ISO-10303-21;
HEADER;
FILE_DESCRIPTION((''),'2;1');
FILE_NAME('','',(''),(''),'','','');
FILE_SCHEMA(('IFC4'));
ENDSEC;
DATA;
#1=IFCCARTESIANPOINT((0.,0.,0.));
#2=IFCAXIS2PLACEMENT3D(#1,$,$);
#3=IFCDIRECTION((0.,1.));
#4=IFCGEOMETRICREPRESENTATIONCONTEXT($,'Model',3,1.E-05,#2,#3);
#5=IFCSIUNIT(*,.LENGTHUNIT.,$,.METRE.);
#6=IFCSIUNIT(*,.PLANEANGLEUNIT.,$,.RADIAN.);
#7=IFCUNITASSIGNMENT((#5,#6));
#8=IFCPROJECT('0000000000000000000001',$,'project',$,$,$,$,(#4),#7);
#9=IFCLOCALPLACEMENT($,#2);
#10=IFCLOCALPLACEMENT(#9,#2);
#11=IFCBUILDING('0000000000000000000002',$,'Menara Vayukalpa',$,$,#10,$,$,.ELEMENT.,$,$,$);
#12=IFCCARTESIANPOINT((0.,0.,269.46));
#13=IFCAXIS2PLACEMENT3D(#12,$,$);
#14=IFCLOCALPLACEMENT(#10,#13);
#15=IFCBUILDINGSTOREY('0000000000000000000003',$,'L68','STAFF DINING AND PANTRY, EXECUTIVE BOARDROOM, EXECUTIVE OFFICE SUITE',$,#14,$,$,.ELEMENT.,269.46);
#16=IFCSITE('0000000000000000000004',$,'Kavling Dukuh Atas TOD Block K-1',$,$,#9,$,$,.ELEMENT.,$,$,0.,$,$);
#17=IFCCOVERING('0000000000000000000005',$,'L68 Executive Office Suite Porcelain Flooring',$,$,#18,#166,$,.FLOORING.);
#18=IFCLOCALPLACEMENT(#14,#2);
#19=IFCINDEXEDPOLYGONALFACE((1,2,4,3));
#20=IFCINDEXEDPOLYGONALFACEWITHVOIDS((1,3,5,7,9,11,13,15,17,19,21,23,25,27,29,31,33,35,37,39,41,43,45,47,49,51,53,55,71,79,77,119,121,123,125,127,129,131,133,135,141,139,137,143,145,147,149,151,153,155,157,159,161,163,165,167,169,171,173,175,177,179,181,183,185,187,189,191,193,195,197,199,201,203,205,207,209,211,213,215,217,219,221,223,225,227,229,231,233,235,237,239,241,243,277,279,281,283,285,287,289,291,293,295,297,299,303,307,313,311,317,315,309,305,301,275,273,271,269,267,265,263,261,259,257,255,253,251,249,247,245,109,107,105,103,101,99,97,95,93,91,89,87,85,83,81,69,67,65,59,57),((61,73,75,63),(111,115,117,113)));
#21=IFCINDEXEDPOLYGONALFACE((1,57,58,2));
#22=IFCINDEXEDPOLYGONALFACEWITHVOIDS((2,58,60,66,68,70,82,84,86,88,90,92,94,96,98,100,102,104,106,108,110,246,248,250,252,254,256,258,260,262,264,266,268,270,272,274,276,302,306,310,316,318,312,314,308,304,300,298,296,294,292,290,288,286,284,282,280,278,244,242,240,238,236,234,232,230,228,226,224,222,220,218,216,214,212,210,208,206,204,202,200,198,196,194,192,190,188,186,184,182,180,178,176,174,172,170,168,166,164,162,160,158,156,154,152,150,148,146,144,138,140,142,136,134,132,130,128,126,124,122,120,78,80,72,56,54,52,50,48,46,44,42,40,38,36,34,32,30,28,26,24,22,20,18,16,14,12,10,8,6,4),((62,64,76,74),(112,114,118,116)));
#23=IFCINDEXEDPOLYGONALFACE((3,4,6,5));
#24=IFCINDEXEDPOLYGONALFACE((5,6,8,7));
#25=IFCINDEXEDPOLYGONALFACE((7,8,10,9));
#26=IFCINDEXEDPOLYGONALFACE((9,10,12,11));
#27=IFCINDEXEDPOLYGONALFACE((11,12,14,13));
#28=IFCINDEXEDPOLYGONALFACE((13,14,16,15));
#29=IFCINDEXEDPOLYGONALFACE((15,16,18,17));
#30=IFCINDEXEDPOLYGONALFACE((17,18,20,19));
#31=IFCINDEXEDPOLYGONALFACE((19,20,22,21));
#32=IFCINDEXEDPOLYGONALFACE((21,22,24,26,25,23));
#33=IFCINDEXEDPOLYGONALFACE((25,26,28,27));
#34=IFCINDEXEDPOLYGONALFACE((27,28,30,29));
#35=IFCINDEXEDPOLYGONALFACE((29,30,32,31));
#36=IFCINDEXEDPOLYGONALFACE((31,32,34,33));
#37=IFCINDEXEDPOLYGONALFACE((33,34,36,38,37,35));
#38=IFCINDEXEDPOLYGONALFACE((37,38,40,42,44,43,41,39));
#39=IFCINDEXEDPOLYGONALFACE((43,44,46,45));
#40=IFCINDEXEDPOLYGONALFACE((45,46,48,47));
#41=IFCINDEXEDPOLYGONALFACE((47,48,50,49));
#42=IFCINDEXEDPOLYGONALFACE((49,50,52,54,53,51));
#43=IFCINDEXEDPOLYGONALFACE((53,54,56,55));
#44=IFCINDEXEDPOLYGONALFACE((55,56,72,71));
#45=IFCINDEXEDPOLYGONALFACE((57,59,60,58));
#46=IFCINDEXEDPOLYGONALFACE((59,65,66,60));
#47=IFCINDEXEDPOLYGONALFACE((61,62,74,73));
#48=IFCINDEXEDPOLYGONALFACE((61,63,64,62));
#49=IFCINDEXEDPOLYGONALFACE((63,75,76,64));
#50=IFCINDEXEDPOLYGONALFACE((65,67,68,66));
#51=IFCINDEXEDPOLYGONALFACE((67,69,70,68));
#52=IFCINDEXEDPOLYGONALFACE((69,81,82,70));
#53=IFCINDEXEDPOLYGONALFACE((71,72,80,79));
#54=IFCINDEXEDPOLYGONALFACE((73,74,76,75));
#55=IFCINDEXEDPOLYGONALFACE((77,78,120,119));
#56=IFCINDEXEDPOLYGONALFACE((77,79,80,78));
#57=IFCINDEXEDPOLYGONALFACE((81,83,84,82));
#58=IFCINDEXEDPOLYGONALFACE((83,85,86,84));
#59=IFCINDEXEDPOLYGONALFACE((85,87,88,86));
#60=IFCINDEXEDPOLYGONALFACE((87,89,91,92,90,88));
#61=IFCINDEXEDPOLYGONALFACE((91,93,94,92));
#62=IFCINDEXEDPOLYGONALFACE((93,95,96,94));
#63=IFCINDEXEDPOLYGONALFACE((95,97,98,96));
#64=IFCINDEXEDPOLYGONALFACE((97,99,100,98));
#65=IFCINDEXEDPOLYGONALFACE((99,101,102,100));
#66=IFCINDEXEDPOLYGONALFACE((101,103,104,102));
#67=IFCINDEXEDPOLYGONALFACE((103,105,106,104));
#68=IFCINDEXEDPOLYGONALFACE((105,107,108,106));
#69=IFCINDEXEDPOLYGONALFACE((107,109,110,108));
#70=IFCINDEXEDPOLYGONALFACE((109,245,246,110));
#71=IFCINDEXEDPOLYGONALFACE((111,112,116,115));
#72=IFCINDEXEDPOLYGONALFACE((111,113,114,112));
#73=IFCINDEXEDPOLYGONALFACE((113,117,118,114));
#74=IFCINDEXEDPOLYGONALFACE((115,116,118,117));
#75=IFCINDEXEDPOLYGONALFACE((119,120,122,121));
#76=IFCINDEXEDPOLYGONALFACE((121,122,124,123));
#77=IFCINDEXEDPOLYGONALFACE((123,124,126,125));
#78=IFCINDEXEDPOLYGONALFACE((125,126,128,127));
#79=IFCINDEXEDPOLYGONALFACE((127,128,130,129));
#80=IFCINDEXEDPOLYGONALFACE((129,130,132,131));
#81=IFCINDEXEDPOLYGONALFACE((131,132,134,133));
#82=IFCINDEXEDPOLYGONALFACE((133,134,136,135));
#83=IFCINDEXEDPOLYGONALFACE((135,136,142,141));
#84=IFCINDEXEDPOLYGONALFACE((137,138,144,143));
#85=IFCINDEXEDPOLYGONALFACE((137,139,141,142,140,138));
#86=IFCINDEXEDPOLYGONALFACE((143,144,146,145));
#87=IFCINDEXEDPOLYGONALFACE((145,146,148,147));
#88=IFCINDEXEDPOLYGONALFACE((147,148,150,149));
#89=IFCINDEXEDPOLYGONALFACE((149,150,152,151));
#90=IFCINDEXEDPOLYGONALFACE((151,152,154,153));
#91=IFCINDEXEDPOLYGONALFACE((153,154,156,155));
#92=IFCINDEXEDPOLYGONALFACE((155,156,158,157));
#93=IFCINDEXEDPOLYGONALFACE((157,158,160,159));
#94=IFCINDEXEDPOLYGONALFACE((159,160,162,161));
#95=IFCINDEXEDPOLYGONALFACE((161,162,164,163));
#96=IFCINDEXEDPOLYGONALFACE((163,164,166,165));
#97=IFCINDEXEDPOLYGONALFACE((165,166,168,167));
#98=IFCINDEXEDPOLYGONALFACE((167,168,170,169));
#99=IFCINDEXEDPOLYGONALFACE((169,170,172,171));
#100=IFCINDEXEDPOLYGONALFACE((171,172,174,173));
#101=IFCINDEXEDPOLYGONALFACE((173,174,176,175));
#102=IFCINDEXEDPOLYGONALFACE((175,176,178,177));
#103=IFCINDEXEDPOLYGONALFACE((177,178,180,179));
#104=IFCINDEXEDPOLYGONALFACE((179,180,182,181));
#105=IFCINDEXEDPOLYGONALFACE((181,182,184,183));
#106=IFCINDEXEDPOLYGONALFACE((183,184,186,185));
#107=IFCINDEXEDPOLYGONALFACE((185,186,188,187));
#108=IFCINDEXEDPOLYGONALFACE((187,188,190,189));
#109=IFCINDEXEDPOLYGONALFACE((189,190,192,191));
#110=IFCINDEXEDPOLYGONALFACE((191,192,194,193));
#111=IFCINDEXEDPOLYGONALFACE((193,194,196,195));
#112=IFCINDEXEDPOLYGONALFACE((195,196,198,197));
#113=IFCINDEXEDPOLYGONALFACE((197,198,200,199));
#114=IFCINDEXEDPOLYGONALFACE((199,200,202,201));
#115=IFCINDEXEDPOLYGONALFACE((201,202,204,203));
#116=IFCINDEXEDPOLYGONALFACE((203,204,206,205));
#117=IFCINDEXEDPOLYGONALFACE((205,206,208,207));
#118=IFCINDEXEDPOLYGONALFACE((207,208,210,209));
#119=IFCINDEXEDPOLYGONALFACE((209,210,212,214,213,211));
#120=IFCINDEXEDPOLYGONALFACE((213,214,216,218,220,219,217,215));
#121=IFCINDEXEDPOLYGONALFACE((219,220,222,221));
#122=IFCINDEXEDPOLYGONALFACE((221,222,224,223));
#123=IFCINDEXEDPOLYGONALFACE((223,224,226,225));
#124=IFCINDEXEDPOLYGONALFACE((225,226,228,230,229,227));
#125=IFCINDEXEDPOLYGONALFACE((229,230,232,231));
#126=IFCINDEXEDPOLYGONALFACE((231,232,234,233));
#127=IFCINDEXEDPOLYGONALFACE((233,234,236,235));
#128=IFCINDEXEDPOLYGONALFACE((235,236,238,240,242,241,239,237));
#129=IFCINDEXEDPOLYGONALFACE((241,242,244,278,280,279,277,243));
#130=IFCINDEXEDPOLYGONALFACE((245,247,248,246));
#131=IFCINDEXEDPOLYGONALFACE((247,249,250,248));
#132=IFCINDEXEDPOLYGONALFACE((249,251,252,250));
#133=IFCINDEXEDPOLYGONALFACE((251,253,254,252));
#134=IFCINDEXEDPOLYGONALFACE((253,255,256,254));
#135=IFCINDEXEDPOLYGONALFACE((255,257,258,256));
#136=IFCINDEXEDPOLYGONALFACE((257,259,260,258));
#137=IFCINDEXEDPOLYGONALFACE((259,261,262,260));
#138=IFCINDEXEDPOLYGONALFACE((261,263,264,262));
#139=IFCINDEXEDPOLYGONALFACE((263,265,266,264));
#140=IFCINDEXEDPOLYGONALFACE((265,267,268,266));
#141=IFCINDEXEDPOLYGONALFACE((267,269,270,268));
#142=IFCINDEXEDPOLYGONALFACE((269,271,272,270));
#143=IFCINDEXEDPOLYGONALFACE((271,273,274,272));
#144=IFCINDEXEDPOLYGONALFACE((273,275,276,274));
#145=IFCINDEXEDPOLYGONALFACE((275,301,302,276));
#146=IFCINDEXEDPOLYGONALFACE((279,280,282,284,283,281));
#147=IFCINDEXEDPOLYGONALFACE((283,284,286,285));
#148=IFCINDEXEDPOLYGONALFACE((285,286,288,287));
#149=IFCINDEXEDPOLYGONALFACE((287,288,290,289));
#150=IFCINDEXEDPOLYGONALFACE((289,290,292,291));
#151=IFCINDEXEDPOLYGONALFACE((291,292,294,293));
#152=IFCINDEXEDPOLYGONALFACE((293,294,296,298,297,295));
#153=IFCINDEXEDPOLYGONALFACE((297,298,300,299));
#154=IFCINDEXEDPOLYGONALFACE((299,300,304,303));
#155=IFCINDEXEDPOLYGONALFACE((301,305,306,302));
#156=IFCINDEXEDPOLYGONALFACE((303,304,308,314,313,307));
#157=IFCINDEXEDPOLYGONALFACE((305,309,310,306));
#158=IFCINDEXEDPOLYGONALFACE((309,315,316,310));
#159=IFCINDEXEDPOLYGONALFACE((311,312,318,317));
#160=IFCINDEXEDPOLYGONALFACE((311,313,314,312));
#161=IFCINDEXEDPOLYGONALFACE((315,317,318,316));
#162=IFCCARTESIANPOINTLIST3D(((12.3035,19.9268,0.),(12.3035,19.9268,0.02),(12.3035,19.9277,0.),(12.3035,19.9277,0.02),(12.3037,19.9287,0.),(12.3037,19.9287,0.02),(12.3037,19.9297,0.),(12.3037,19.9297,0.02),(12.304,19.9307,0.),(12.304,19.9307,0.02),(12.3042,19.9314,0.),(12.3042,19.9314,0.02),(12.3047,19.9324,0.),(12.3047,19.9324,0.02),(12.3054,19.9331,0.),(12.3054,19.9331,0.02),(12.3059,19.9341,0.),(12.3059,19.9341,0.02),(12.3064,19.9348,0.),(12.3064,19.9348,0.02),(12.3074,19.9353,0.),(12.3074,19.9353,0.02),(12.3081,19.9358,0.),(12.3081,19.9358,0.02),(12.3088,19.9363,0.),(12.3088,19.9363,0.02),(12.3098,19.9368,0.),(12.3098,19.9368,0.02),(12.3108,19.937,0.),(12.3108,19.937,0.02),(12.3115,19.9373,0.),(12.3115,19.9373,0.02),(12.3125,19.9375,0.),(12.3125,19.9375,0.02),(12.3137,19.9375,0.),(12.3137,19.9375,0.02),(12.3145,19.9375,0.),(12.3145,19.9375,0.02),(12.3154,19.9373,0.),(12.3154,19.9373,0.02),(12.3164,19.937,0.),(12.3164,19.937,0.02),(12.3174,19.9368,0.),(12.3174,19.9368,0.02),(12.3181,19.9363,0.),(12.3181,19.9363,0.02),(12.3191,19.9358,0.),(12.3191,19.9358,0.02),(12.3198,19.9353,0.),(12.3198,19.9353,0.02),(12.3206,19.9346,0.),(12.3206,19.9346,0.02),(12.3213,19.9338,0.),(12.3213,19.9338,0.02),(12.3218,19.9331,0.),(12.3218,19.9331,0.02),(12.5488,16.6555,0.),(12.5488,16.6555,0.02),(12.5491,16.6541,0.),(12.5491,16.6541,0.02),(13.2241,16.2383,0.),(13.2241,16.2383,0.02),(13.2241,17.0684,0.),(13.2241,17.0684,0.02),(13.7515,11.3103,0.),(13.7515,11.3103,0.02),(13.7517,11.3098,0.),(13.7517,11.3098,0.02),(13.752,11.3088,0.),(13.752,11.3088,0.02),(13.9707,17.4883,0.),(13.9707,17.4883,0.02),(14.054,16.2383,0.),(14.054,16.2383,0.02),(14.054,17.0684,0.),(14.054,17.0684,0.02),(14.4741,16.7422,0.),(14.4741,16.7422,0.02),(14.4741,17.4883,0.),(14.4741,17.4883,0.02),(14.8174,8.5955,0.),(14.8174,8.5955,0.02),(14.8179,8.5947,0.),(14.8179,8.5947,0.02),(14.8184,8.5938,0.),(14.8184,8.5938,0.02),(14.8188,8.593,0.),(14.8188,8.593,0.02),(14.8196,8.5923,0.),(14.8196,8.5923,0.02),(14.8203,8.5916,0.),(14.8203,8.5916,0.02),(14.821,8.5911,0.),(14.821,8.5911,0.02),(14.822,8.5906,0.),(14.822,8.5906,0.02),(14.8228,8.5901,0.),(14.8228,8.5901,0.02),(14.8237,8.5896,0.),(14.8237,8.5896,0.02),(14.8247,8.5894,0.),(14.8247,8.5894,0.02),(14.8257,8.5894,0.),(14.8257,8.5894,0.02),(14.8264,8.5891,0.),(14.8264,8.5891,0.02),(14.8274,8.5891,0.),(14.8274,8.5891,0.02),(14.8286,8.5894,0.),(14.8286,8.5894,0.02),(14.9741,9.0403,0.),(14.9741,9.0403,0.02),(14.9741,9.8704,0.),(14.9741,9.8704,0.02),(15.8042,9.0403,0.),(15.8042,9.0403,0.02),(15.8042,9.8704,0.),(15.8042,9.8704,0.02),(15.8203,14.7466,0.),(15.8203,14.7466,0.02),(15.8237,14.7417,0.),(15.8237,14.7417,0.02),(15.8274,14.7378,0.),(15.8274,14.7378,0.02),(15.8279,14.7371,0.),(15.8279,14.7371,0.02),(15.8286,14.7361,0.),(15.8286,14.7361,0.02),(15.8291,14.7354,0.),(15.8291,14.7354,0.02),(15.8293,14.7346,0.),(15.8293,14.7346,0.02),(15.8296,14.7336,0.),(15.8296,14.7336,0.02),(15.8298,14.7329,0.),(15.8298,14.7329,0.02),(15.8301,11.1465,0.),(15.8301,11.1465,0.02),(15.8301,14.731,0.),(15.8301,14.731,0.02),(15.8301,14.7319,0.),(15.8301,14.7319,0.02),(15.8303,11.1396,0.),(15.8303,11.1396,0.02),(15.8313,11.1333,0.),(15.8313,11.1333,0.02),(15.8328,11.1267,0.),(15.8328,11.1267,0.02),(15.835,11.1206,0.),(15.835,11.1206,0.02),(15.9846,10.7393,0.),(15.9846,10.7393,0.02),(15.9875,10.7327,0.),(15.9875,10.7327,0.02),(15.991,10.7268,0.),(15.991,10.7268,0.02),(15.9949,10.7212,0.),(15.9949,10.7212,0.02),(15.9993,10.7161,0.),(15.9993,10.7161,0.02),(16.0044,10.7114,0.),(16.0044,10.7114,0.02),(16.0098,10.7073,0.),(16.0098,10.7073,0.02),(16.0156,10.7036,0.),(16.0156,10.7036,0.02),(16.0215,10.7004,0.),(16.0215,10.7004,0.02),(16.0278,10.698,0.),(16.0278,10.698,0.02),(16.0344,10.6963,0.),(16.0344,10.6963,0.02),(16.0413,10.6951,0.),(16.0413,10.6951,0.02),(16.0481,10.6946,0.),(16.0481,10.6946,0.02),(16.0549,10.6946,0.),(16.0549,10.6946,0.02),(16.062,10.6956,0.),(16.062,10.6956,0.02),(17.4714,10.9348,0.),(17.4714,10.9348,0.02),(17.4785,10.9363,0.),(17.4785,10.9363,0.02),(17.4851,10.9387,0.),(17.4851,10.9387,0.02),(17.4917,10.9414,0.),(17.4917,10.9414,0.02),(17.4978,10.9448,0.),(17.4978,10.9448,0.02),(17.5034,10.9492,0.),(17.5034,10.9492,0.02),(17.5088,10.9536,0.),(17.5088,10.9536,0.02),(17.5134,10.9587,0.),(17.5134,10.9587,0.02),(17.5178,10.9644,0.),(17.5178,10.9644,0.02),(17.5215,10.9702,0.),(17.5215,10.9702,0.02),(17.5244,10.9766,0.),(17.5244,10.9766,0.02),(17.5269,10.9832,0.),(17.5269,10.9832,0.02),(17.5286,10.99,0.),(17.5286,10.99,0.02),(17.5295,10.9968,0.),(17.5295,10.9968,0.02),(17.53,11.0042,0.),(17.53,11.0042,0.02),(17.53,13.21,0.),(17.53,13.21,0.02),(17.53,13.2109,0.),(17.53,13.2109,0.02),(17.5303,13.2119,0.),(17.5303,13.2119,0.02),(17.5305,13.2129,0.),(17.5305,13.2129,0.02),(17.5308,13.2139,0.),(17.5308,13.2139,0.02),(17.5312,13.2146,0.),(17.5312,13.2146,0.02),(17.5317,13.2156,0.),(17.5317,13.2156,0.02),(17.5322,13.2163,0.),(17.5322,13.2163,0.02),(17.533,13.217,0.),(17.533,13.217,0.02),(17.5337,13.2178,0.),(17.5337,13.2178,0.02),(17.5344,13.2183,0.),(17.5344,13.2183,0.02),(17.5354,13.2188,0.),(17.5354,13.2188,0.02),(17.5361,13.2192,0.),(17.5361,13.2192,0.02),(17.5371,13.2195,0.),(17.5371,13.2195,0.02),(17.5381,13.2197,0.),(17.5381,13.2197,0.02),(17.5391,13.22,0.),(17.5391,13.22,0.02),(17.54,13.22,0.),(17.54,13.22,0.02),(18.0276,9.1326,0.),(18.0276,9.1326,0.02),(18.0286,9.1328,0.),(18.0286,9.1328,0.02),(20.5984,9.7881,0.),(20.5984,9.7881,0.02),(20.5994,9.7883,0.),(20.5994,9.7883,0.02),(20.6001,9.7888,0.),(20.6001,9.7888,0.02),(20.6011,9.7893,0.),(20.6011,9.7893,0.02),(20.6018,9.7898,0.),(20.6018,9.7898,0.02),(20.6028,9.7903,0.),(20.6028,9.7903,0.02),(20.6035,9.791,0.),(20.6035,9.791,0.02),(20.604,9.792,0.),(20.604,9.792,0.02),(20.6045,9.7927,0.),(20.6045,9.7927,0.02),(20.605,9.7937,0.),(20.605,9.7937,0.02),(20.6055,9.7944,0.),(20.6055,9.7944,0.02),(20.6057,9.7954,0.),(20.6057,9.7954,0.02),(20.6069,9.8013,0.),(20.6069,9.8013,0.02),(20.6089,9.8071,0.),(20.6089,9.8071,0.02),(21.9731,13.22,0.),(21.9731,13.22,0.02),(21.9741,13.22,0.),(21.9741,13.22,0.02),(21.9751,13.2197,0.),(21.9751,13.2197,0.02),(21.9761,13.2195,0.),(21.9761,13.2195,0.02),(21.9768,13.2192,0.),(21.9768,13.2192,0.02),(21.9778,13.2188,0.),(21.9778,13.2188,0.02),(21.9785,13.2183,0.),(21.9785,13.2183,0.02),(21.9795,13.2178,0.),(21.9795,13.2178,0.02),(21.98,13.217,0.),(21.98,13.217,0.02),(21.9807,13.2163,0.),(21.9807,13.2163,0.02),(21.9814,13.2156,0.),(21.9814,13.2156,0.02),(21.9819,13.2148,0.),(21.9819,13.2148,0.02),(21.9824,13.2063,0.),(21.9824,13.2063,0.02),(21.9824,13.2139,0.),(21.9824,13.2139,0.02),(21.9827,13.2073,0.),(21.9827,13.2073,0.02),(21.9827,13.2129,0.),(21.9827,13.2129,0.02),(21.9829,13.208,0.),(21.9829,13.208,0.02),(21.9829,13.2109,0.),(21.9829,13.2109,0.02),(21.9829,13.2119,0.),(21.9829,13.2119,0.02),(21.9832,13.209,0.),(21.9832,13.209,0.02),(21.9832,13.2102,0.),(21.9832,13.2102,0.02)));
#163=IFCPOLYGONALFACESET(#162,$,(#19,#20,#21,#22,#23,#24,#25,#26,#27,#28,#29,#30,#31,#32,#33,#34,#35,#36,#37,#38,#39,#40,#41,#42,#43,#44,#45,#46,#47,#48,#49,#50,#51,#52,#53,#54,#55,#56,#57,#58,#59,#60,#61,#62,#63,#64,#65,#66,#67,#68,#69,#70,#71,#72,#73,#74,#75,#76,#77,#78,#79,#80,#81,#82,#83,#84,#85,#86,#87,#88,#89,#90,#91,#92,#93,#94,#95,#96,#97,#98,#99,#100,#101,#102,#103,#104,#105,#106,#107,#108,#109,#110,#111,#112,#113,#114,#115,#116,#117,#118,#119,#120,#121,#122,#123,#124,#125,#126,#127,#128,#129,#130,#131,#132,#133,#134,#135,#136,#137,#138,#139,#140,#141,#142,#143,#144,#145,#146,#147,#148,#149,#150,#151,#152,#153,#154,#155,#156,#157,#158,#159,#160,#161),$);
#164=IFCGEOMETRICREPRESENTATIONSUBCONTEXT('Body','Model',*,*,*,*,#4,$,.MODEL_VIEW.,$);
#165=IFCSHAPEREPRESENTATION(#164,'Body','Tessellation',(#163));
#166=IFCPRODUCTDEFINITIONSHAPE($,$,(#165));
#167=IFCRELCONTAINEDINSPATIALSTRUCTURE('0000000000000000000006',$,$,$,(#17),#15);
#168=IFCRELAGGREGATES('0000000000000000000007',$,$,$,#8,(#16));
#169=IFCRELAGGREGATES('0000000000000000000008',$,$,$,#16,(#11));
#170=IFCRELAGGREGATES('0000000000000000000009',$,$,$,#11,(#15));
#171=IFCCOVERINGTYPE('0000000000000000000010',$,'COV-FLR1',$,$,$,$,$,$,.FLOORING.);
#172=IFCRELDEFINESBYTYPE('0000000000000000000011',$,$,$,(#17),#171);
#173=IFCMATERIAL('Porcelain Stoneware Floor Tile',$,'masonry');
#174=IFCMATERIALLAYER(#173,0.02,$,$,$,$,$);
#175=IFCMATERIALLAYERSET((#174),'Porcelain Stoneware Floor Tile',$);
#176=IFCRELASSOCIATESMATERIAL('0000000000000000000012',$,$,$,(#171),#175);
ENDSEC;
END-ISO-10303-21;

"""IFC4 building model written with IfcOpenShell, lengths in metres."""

from ifc_helpers import new_model, si_unit, direction, frame, origin, place, context, subcontext, project, spatial, polyline, outline, extrude, material, layer, layer_set, type_object, element, save


model = new_model("IFC4")

# Units and contexts
model_context = context("Model", 3, precision=1e-05, world=origin(), true_north=direction((0.0, 1.0)))
body_context = subcontext(model_context, "Body", "Model", "MODEL_VIEW")
ifc_project = project(units=[si_unit("LENGTHUNIT", "METRE"), si_unit("PLANEANGLEUNIT", "RADIAN")], contexts=[model_context])

# Site, building, storey
site_placement = place(None, origin())
site = spatial("IfcSite", under=ifc_project, at=site_placement, Name="Kavling Dukuh Atas TOD Block K-1", CompositionType="ELEMENT", RefElevation=0.0)
building_placement = place(site_placement, origin())
building = spatial("IfcBuilding", under=site, at=building_placement, Name="Menara Vayukalpa", CompositionType="ELEMENT")
storey_placement = place(building_placement, frame((0.0, 0.0, 269.46)))
storey = spatial("IfcBuildingStorey", under=building, at=storey_placement, Name="L68", Description="STAFF DINING AND PANTRY, EXECUTIVE BOARDROOM, EXECUTIVE OFFICE SUITE", CompositionType="ELEMENT", Elevation=269.46)

# Covering
ifc_material_1 = material(Name="Porcelain Stoneware Floor Tile", Category="masonry")
ifc_layer_1 = layer(ifc_material_1, 0.02)
ifc_layer_set_1 = layer_set([ifc_layer_1], Name="Porcelain Stoneware Floor Tile")
covering_type_1 = type_object("IfcCoveringType", Name="COV-FLR1", PredefinedType="FLOORING", material=ifc_layer_set_1)
covering_1_placement = place(storey_placement, origin())
element("IfcCovering", 1, at=covering_1_placement, inside=storey, type_object=covering_type_1, Name="L68 Executive Office Suite Porcelain Flooring", PredefinedType="FLOORING", context=body_context, shape_type="SweptSolid", body=[
    extrude(outline(polyline([(14.8274, 8.5891), (14.8264, 8.5891), (14.8257, 8.5894), (14.8247, 8.5894), (14.8237, 8.5896), (14.8228, 8.5901), (14.822, 8.5906), (14.821, 8.5911), (14.8203, 8.5916), (14.8196, 8.5923), (14.8188, 8.593), (14.8184, 8.5938), (14.8179, 8.5947), (14.8174, 8.5955), (13.752, 11.3088), (13.7517, 11.3098), (13.7515, 11.3103), (12.5491, 16.6541), (12.5488, 16.6555), (12.3035, 19.9268), (12.3035, 19.9277), (12.3037, 19.9287), (12.3037, 19.9297), (12.304, 19.9307), (12.3042, 19.9314), (12.3047, 19.9324), (12.3054, 19.9331), (12.3059, 19.9341), (12.3064, 19.9348), (12.3074, 19.9353), (12.3081, 19.9358), (12.3088, 19.9363), (12.3098, 19.9368), (12.3108, 19.937), (12.3115, 19.9373), (12.3125, 19.9375), (12.3137, 19.9375), (12.3145, 19.9375), (12.3154, 19.9373), (12.3164, 19.937), (12.3174, 19.9368), (12.3181, 19.9363), (12.3191, 19.9358), (12.3198, 19.9353), (12.3206, 19.9346), (12.3213, 19.9338), (12.3218, 19.9331), (13.9707, 17.4883), (14.4741, 17.4883), (14.4741, 16.7422), (15.8203, 14.7466), (15.8237, 14.7417), (15.8274, 14.7378), (15.8279, 14.7371), (15.8286, 14.7361), (15.8291, 14.7354), (15.8293, 14.7346), (15.8296, 14.7336), (15.8298, 14.7329), (15.8301, 14.7319), (15.8301, 14.731), (15.8301, 11.1465), (15.8303, 11.1396), (15.8313, 11.1333), (15.8328, 11.1267), (15.835, 11.1206), (15.9846, 10.7393), (15.9875, 10.7327), (15.991, 10.7268), (15.9949, 10.7212), (15.9993, 10.7161), (16.0044, 10.7114), (16.0098, 10.7073), (16.0156, 10.7036), (16.0215, 10.7004), (16.0278, 10.698), (16.0344, 10.6963), (16.0413, 10.6951), (16.0481, 10.6946), (16.0549, 10.6946), (16.062, 10.6956), (17.4714, 10.9348), (17.4785, 10.9363), (17.4851, 10.9387), (17.4917, 10.9414), (17.4978, 10.9448), (17.5034, 10.9492), (17.5088, 10.9536), (17.5134, 10.9587), (17.5178, 10.9644), (17.5215, 10.9702), (17.5244, 10.9766), (17.5269, 10.9832), (17.5286, 10.99), (17.5295, 10.9968), (17.53, 11.0042), (17.53, 13.21), (17.53, 13.2109), (17.5303, 13.2119), (17.5305, 13.2129), (17.5308, 13.2139), (17.5312, 13.2146), (17.5317, 13.2156), (17.5322, 13.2163), (17.533, 13.217), (17.5337, 13.2178), (17.5344, 13.2183), (17.5354, 13.2188), (17.5361, 13.2192), (17.5371, 13.2195), (17.5381, 13.2197), (17.5391, 13.22), (17.54, 13.22), (21.9731, 13.22), (21.9741, 13.22), (21.9751, 13.2197), (21.9761, 13.2195), (21.9768, 13.2192), (21.9778, 13.2188), (21.9785, 13.2183), (21.9795, 13.2178), (21.98, 13.217), (21.9807, 13.2163), (21.9814, 13.2156), (21.9819, 13.2148), (21.9824, 13.2139), (21.9827, 13.2129), (21.9829, 13.2119), (21.9829, 13.2109), (21.9832, 13.2102), (21.9832, 13.209), (21.9829, 13.208), (21.9827, 13.2073), (21.9824, 13.2063), (20.6089, 9.8071), (20.6069, 9.8013), (20.6057, 9.7954), (20.6055, 9.7944), (20.605, 9.7937), (20.6045, 9.7927), (20.604, 9.792), (20.6035, 9.791), (20.6028, 9.7903), (20.6018, 9.7898), (20.6011, 9.7893), (20.6001, 9.7888), (20.5994, 9.7883), (20.5984, 9.7881), (18.0286, 9.1328), (18.0276, 9.1326), (14.8286, 8.5894), (14.8274, 8.5891)]), holes=[polyline([(14.9741, 9.8704), (14.9741, 9.0403), (15.8042, 9.0403), (15.8042, 9.8704), (14.9741, 9.8704)]), polyline([(14.054, 17.0684), (13.2241, 17.0684), (13.2241, 16.2383), (14.054, 16.2383), (14.054, 17.0684)])]), origin(), (0.0, 0.0, 1.0), 0.02),
])

save(model, "model.ifc")
